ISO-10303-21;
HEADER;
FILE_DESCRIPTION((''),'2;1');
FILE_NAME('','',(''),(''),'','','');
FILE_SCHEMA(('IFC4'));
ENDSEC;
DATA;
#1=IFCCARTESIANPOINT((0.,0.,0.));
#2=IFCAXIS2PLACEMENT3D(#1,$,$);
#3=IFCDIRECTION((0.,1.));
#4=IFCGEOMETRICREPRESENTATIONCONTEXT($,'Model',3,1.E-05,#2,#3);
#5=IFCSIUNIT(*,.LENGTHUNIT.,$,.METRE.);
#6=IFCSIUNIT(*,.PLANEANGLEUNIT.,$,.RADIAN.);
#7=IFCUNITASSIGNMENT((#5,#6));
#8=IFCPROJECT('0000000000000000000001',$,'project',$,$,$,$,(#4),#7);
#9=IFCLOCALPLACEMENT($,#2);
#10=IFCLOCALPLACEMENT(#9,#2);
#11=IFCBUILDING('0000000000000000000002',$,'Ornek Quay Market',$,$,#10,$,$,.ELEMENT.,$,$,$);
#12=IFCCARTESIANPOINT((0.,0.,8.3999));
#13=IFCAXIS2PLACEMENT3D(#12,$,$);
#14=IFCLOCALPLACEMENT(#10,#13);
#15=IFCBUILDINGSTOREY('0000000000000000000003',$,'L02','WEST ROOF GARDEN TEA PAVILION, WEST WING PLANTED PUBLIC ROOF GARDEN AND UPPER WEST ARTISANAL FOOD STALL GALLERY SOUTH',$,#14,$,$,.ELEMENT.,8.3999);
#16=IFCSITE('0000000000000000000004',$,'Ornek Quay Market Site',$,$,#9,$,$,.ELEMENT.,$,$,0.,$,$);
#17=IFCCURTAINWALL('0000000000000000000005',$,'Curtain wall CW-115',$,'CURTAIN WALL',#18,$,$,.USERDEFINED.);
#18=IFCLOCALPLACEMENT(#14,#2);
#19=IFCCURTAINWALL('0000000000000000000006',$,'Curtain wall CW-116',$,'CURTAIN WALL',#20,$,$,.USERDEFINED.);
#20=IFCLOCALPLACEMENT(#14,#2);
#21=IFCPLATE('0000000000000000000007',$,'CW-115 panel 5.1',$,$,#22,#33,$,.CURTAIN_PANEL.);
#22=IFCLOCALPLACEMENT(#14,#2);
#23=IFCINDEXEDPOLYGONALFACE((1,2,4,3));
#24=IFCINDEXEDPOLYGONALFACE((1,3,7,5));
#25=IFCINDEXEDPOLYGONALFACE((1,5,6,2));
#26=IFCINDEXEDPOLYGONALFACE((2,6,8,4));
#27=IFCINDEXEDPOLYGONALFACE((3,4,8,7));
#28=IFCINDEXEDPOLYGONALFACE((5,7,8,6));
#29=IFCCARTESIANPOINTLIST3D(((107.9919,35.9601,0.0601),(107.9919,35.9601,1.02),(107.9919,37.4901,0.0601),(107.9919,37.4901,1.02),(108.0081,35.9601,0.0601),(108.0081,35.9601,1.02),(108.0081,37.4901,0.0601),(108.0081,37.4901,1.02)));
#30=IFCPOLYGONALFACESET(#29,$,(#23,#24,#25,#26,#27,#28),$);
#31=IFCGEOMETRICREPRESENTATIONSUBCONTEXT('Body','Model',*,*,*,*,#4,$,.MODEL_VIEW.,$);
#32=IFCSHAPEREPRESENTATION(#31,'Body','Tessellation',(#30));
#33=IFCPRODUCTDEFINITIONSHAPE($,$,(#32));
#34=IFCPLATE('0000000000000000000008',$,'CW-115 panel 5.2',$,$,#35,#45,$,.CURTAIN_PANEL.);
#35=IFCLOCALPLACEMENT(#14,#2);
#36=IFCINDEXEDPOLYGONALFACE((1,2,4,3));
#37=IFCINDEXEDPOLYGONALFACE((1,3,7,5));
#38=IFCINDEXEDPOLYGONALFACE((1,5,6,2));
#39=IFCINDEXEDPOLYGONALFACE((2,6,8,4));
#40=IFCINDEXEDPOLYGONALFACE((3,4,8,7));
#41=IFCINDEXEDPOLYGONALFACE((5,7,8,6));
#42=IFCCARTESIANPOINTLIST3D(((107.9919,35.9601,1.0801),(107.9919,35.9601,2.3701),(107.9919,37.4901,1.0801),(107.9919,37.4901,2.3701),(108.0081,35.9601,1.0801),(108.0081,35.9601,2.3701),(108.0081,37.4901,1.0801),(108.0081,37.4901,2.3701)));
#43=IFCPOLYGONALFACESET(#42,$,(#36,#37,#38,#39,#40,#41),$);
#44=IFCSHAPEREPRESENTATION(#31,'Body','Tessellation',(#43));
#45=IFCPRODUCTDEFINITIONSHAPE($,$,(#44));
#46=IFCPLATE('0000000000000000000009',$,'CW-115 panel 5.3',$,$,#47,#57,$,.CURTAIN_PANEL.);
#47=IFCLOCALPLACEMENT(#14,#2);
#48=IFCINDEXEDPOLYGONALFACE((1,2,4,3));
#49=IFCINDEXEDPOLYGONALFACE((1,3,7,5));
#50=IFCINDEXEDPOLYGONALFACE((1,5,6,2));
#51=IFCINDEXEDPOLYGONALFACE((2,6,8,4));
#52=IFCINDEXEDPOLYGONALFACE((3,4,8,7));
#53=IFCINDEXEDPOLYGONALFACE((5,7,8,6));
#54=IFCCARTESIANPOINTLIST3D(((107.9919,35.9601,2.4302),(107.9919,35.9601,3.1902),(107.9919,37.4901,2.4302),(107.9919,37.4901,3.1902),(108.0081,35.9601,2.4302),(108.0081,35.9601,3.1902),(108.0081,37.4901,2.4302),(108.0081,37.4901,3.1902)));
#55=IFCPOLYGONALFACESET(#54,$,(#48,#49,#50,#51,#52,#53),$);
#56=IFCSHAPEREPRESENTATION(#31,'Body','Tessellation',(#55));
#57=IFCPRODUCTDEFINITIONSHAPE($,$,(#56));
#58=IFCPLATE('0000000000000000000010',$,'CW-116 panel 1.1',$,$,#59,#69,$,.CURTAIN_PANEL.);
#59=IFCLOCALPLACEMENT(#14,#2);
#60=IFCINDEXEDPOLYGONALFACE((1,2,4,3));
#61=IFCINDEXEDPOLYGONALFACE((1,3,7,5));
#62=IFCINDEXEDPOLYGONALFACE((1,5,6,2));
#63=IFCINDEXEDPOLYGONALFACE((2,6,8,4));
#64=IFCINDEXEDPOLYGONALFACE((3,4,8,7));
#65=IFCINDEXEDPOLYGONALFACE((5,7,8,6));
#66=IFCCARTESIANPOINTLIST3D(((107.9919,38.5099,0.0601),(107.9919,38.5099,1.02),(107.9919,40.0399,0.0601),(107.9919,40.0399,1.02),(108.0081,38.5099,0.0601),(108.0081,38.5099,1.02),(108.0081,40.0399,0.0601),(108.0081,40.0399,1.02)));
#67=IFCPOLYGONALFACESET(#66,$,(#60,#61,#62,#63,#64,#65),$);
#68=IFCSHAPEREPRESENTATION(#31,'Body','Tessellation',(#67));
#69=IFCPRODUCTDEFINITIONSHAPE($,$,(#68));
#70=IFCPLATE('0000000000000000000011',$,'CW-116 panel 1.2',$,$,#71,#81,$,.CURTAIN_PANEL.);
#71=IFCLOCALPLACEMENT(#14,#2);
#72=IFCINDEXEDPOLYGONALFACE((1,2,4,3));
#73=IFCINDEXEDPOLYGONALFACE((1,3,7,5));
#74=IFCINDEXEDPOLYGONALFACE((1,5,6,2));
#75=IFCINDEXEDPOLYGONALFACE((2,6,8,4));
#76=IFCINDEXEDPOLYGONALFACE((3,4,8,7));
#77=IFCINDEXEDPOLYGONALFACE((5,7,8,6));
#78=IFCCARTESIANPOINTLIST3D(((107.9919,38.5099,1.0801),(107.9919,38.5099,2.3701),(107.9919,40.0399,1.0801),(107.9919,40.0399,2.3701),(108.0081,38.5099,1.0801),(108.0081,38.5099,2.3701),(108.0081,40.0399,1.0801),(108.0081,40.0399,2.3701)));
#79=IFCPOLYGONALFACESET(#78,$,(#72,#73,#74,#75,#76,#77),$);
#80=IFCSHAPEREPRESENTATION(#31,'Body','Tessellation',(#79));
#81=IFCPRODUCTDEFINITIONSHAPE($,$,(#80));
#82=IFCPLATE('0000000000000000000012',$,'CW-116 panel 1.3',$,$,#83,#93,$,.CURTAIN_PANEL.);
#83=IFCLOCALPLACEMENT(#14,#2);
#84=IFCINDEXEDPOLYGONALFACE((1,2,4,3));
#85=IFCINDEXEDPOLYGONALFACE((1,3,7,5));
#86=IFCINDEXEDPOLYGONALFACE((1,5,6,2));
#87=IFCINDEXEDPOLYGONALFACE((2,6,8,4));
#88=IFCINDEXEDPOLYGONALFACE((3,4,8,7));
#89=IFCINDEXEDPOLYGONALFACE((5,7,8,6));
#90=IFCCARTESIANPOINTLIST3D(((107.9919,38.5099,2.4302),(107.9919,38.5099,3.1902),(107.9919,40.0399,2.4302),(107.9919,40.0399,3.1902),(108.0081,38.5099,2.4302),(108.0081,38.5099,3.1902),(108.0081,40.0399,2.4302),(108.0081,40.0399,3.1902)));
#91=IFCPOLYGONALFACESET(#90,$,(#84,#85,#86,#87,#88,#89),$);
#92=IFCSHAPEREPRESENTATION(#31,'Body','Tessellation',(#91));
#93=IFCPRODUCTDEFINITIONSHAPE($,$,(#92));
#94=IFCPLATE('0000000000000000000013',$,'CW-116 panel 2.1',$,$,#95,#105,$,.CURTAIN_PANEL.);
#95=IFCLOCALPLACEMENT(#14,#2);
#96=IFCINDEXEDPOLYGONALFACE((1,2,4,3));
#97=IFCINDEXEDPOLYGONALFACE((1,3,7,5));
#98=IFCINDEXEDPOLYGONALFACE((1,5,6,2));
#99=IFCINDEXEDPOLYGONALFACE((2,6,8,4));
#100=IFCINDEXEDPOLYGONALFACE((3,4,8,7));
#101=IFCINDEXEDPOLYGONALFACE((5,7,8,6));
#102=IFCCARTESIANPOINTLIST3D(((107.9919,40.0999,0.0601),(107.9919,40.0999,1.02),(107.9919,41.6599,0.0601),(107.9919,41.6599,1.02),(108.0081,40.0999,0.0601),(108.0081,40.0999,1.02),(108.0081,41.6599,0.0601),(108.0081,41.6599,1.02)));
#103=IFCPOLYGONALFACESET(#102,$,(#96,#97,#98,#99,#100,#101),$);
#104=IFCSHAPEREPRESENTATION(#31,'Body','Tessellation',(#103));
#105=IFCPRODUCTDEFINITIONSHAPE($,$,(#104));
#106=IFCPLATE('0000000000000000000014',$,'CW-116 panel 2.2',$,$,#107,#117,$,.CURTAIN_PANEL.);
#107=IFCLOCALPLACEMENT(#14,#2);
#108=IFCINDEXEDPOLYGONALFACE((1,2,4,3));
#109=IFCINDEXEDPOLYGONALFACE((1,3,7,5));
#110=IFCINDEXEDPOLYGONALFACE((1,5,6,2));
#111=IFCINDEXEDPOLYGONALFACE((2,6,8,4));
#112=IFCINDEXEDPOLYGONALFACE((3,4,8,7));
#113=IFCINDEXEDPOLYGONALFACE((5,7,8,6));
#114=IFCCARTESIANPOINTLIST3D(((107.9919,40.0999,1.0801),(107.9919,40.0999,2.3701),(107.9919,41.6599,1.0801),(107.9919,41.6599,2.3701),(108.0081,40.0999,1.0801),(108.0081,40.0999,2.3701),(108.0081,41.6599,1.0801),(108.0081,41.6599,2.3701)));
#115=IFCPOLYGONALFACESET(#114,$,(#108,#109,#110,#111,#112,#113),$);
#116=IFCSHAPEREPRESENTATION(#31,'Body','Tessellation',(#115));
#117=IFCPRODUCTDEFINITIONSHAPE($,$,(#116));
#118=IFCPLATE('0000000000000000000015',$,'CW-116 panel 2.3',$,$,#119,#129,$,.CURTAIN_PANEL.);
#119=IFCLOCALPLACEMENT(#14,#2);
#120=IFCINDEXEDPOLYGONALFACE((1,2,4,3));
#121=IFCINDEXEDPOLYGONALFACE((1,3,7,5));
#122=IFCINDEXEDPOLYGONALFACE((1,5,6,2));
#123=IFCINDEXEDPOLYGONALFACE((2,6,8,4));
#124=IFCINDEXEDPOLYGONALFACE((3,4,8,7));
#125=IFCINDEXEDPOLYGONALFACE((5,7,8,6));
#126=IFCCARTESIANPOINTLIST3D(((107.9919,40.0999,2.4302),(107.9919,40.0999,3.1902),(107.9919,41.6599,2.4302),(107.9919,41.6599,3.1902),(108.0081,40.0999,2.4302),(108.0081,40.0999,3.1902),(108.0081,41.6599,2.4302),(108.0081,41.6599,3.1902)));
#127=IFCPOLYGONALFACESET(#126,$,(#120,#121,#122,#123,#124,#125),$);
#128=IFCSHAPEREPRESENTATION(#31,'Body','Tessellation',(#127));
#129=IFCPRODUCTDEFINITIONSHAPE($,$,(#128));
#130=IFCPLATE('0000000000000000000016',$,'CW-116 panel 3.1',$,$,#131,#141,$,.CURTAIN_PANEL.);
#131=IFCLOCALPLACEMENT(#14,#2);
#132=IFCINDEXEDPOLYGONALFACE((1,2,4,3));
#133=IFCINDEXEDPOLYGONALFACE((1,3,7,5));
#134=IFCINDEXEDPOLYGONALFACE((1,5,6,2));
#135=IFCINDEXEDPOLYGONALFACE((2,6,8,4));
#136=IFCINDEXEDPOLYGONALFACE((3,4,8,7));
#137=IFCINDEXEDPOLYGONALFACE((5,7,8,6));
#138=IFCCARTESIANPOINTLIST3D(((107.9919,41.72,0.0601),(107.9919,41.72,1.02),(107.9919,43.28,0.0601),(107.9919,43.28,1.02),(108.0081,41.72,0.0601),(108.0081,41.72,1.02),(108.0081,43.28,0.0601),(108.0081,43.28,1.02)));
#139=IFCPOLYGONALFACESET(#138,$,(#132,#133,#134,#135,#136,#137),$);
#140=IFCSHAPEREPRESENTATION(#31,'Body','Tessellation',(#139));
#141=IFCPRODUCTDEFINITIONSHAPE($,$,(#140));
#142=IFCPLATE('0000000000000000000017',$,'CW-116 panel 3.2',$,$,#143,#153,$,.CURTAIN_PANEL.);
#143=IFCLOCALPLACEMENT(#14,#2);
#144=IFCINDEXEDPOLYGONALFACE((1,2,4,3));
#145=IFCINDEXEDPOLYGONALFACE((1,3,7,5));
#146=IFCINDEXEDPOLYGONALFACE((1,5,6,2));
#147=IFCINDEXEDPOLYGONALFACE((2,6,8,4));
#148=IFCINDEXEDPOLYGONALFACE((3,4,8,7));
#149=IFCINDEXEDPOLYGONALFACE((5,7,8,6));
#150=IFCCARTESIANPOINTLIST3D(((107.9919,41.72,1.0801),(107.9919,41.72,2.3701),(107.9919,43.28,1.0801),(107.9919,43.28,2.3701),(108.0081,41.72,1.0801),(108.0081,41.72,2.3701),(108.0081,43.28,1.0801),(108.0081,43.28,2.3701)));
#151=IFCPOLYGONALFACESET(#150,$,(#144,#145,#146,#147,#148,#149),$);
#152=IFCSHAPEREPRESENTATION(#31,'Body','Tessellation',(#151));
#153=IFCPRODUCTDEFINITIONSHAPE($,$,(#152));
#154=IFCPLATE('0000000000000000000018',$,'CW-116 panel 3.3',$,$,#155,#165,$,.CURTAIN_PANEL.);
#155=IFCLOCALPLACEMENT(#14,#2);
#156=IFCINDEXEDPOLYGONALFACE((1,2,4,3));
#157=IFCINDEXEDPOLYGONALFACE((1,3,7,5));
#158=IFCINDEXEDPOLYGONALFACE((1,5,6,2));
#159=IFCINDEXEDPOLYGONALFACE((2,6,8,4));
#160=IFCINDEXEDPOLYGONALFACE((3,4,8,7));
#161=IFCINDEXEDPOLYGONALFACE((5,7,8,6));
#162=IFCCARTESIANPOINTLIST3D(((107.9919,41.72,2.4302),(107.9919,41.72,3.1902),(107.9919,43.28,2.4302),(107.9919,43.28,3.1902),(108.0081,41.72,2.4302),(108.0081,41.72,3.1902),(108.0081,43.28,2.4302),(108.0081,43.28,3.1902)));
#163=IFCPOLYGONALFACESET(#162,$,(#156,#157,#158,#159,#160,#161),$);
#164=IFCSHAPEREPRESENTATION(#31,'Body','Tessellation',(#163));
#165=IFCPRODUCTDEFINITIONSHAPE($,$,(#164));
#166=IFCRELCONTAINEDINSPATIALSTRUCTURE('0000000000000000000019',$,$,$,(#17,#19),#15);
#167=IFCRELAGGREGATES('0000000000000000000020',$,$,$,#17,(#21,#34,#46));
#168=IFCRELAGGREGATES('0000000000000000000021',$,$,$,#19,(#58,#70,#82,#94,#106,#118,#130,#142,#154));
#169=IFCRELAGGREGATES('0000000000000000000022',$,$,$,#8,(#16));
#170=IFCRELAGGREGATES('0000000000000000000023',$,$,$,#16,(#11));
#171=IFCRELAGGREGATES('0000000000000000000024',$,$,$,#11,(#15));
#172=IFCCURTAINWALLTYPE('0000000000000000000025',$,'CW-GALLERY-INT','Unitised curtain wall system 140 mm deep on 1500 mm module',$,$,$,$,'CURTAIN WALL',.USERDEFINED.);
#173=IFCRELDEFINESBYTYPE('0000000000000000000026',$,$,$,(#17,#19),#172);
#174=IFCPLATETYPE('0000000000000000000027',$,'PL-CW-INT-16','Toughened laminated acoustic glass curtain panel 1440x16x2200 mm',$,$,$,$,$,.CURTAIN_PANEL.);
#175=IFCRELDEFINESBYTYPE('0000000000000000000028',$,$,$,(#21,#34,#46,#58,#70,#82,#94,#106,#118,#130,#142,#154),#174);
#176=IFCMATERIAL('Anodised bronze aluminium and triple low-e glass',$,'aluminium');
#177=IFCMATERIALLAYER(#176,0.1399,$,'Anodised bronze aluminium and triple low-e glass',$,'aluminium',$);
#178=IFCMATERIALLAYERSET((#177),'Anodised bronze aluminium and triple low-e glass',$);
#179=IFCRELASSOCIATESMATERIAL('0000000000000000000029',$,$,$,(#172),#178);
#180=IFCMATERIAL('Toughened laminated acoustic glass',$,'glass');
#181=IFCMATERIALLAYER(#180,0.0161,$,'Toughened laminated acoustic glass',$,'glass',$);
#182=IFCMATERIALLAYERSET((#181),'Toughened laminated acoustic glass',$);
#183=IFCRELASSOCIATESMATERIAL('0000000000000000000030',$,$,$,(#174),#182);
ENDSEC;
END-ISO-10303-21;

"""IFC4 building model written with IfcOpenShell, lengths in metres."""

from ifc_helpers import new_model, si_unit, direction, frame, origin, origin_2d, place, context, subcontext, project, spatial, rectangle, extrude, material, layer, layer_set, type_object, element, aggregate, save


model = new_model("IFC4")

# Units and contexts
model_context = context("Model", 3, precision=1e-05, world=origin(), true_north=direction((0.0, 1.0)))
body_context = subcontext(model_context, "Body", "Model", "MODEL_VIEW")
ifc_project = project(units=[si_unit("LENGTHUNIT", "METRE"), si_unit("PLANEANGLEUNIT", "RADIAN")], contexts=[model_context])

# Site, building, storey
site_placement = place(None, origin())
site = spatial("IfcSite", under=ifc_project, at=site_placement, Name="Ornek Quay Market Site", CompositionType="ELEMENT", RefElevation=0.0)
building_placement = place(site_placement, origin())
building = spatial("IfcBuilding", under=site, at=building_placement, Name="Ornek Quay Market", CompositionType="ELEMENT")
storey_placement = place(building_placement, frame((0.0, 0.0, 8.3999)))
storey = spatial("IfcBuildingStorey", under=building, at=storey_placement, Name="L02", Description="WEST ROOF GARDEN TEA PAVILION, WEST WING PLANTED PUBLIC ROOF GARDEN AND UPPER WEST ARTISANAL FOOD STALL GALLERY SOUTH", CompositionType="ELEMENT", Elevation=8.3999)

# Curtain wall
ifc_material_1 = material(Name="Anodised bronze aluminium and triple low-e glass", Category="aluminium")
ifc_layer_1 = layer(ifc_material_1, 0.1399, Name="Anodised bronze aluminium and triple low-e glass", Category="aluminium")
ifc_layer_set_1 = layer_set([ifc_layer_1], Name="Anodised bronze aluminium and triple low-e glass")
curtain_wall_type = type_object("IfcCurtainWallType", Name="CW-GALLERY-INT", Description="Unitised curtain wall system 140 mm deep on 1500 mm module", ElementType="CURTAIN WALL", PredefinedType="USERDEFINED", material=ifc_layer_set_1)
curtain_wall_1_placement = place(storey_placement, origin())
curtain_wall_1 = element("IfcCurtainWall", 1, at=curtain_wall_1_placement, inside=storey, type_object=curtain_wall_type, Name="Curtain wall CW-115", ObjectType="CURTAIN WALL", PredefinedType="USERDEFINED")

# Curtain wall
curtain_wall_2_placement = place(storey_placement, origin())
curtain_wall_2 = element("IfcCurtainWall", 2, at=curtain_wall_2_placement, inside=storey, type_object=curtain_wall_type, Name="Curtain wall CW-116", ObjectType="CURTAIN WALL", PredefinedType="USERDEFINED")

# Plates
ifc_material_2 = material(Name="Toughened laminated acoustic glass", Category="glass")
ifc_layer_2 = layer(ifc_material_2, 0.0161, Name="Toughened laminated acoustic glass", Category="glass")
ifc_layer_set_2 = layer_set([ifc_layer_2], Name="Toughened laminated acoustic glass")
plate_type = type_object("IfcPlateType", Name="PL-CW-INT-16", Description="Toughened laminated acoustic glass curtain panel 1440x16x2200 mm", PredefinedType="CURTAIN_PANEL", material=ifc_layer_set_2)
plate_1_placement = place(storey_placement, frame((108.0, 36.7251, 0.0601), z_axis=(0.0, 0.0, 1.0), x_axis=(0.0, 1.0, 0.0)))
plate_1 = element("IfcPlate", 3, at=plate_1_placement, type_object=plate_type, Name="CW-115 panel 5.1", PredefinedType="CURTAIN_PANEL", context=body_context, shape_type="SweptSolid", body=[
    extrude(rectangle(XDim=1.53, YDim=0.0161, at=origin_2d()), origin(), (0.0, 0.0, 1.0), 0.96),
])
plate_2_placement = place(storey_placement, frame((108.0, 36.7251, 1.0801), z_axis=(0.0, 0.0, 1.0), x_axis=(0.0, 1.0, 0.0)))
plate_2 = element("IfcPlate", 4, at=plate_2_placement, type_object=plate_type, Name="CW-115 panel 5.2", PredefinedType="CURTAIN_PANEL", context=body_context, shape_type="SweptSolid", body=[
    extrude(rectangle(XDim=1.53, YDim=0.0161, at=origin_2d()), origin(), (0.0, 0.0, 1.0), 1.29),
])
plate_3_placement = place(storey_placement, frame((108.0, 36.7251, 2.4302), z_axis=(0.0, 0.0, 1.0), x_axis=(0.0, 1.0, 0.0)))
plate_3 = element("IfcPlate", 5, at=plate_3_placement, type_object=plate_type, Name="CW-115 panel 5.3", PredefinedType="CURTAIN_PANEL", context=body_context, shape_type="SweptSolid", body=[
    extrude(rectangle(XDim=1.53, YDim=0.0161, at=origin_2d()), origin(), (0.0, 0.0, 1.0), 0.76),
])
aggregate(curtain_wall_1, [plate_1, plate_2, plate_3])
plate_4_placement = place(storey_placement, frame((108.0, 39.2749, 0.0601), z_axis=(0.0, 0.0, 1.0), x_axis=(0.0, 1.0, 0.0)))
plate_4 = element("IfcPlate", 6, at=plate_4_placement, type_object=plate_type, Name="CW-116 panel 1.1", PredefinedType="CURTAIN_PANEL", context=body_context, shape_type="SweptSolid", body=[
    extrude(rectangle(XDim=1.53, YDim=0.0161, at=origin_2d()), origin(), (0.0, 0.0, 1.0), 0.96),
])
plate_5_placement = place(storey_placement, frame((108.0, 39.2749, 1.0801), z_axis=(0.0, 0.0, 1.0), x_axis=(0.0, 1.0, 0.0)))
plate_5 = element("IfcPlate", 7, at=plate_5_placement, type_object=plate_type, Name="CW-116 panel 1.2", PredefinedType="CURTAIN_PANEL", context=body_context, shape_type="SweptSolid", body=[
    extrude(rectangle(XDim=1.53, YDim=0.0161, at=origin_2d()), origin(), (0.0, 0.0, 1.0), 1.29),
])
plate_6_placement = place(storey_placement, frame((108.0, 39.2749, 2.4302), z_axis=(0.0, 0.0, 1.0), x_axis=(0.0, 1.0, 0.0)))
plate_6 = element("IfcPlate", 8, at=plate_6_placement, type_object=plate_type, Name="CW-116 panel 1.3", PredefinedType="CURTAIN_PANEL", context=body_context, shape_type="SweptSolid", body=[
    extrude(rectangle(XDim=1.53, YDim=0.0161, at=origin_2d()), origin(), (0.0, 0.0, 1.0), 0.76),
])
plate_7_placement = place(storey_placement, frame((108.0, 40.8799, 0.0601), z_axis=(0.0, 0.0, 1.0), x_axis=(0.0, 1.0, 0.0)))
plate_7 = element("IfcPlate", 9, at=plate_7_placement, type_object=plate_type, Name="CW-116 panel 2.1", PredefinedType="CURTAIN_PANEL", context=body_context, shape_type="SweptSolid", body=[
    extrude(rectangle(XDim=1.5601, YDim=0.0161, at=origin_2d()), origin(), (0.0, 0.0, 1.0), 0.96),
])
plate_8_placement = place(storey_placement, frame((108.0, 40.8799, 1.0801), z_axis=(0.0, 0.0, 1.0), x_axis=(0.0, 1.0, 0.0)))
plate_8 = element("IfcPlate", 10, at=plate_8_placement, type_object=plate_type, Name="CW-116 panel 2.2", PredefinedType="CURTAIN_PANEL", context=body_context, shape_type="SweptSolid", body=[
    extrude(rectangle(XDim=1.5601, YDim=0.0161, at=origin_2d()), origin(), (0.0, 0.0, 1.0), 1.29),
])
plate_9_placement = place(storey_placement, frame((108.0, 40.8799, 2.4302), z_axis=(0.0, 0.0, 1.0), x_axis=(0.0, 1.0, 0.0)))
plate_9 = element("IfcPlate", 11, at=plate_9_placement, type_object=plate_type, Name="CW-116 panel 2.3", PredefinedType="CURTAIN_PANEL", context=body_context, shape_type="SweptSolid", body=[
    extrude(rectangle(XDim=1.5601, YDim=0.0161, at=origin_2d()), origin(), (0.0, 0.0, 1.0), 0.76),
])
plate_10_placement = place(storey_placement, frame((108.0, 42.5, 0.0601), z_axis=(0.0, 0.0, 1.0), x_axis=(0.0, 1.0, 0.0)))
plate_10 = element("IfcPlate", 12, at=plate_10_placement, type_object=plate_type, Name="CW-116 panel 3.1", PredefinedType="CURTAIN_PANEL", context=body_context, shape_type="SweptSolid", body=[
    extrude(rectangle(XDim=1.5601, YDim=0.0161, at=origin_2d()), origin(), (0.0, 0.0, 1.0), 0.96),
])
plate_11_placement = place(storey_placement, frame((108.0, 42.5, 1.0801), z_axis=(0.0, 0.0, 1.0), x_axis=(0.0, 1.0, 0.0)))
plate_11 = element("IfcPlate", 13, at=plate_11_placement, type_object=plate_type, Name="CW-116 panel 3.2", PredefinedType="CURTAIN_PANEL", context=body_context, shape_type="SweptSolid", body=[
    extrude(rectangle(XDim=1.5601, YDim=0.0161, at=origin_2d()), origin(), (0.0, 0.0, 1.0), 1.29),
])
plate_12_placement = place(storey_placement, frame((108.0, 42.5, 2.4302), z_axis=(0.0, 0.0, 1.0), x_axis=(0.0, 1.0, 0.0)))
plate_12 = element("IfcPlate", 14, at=plate_12_placement, type_object=plate_type, Name="CW-116 panel 3.3", PredefinedType="CURTAIN_PANEL", context=body_context, shape_type="SweptSolid", body=[
    extrude(rectangle(XDim=1.5601, YDim=0.0161, at=origin_2d()), origin(), (0.0, 0.0, 1.0), 0.76),
])
aggregate(curtain_wall_2, [plate_4, plate_5, plate_6, plate_7, plate_8, plate_9, plate_10, plate_11, plate_12])

save(model, "model.ifc")
